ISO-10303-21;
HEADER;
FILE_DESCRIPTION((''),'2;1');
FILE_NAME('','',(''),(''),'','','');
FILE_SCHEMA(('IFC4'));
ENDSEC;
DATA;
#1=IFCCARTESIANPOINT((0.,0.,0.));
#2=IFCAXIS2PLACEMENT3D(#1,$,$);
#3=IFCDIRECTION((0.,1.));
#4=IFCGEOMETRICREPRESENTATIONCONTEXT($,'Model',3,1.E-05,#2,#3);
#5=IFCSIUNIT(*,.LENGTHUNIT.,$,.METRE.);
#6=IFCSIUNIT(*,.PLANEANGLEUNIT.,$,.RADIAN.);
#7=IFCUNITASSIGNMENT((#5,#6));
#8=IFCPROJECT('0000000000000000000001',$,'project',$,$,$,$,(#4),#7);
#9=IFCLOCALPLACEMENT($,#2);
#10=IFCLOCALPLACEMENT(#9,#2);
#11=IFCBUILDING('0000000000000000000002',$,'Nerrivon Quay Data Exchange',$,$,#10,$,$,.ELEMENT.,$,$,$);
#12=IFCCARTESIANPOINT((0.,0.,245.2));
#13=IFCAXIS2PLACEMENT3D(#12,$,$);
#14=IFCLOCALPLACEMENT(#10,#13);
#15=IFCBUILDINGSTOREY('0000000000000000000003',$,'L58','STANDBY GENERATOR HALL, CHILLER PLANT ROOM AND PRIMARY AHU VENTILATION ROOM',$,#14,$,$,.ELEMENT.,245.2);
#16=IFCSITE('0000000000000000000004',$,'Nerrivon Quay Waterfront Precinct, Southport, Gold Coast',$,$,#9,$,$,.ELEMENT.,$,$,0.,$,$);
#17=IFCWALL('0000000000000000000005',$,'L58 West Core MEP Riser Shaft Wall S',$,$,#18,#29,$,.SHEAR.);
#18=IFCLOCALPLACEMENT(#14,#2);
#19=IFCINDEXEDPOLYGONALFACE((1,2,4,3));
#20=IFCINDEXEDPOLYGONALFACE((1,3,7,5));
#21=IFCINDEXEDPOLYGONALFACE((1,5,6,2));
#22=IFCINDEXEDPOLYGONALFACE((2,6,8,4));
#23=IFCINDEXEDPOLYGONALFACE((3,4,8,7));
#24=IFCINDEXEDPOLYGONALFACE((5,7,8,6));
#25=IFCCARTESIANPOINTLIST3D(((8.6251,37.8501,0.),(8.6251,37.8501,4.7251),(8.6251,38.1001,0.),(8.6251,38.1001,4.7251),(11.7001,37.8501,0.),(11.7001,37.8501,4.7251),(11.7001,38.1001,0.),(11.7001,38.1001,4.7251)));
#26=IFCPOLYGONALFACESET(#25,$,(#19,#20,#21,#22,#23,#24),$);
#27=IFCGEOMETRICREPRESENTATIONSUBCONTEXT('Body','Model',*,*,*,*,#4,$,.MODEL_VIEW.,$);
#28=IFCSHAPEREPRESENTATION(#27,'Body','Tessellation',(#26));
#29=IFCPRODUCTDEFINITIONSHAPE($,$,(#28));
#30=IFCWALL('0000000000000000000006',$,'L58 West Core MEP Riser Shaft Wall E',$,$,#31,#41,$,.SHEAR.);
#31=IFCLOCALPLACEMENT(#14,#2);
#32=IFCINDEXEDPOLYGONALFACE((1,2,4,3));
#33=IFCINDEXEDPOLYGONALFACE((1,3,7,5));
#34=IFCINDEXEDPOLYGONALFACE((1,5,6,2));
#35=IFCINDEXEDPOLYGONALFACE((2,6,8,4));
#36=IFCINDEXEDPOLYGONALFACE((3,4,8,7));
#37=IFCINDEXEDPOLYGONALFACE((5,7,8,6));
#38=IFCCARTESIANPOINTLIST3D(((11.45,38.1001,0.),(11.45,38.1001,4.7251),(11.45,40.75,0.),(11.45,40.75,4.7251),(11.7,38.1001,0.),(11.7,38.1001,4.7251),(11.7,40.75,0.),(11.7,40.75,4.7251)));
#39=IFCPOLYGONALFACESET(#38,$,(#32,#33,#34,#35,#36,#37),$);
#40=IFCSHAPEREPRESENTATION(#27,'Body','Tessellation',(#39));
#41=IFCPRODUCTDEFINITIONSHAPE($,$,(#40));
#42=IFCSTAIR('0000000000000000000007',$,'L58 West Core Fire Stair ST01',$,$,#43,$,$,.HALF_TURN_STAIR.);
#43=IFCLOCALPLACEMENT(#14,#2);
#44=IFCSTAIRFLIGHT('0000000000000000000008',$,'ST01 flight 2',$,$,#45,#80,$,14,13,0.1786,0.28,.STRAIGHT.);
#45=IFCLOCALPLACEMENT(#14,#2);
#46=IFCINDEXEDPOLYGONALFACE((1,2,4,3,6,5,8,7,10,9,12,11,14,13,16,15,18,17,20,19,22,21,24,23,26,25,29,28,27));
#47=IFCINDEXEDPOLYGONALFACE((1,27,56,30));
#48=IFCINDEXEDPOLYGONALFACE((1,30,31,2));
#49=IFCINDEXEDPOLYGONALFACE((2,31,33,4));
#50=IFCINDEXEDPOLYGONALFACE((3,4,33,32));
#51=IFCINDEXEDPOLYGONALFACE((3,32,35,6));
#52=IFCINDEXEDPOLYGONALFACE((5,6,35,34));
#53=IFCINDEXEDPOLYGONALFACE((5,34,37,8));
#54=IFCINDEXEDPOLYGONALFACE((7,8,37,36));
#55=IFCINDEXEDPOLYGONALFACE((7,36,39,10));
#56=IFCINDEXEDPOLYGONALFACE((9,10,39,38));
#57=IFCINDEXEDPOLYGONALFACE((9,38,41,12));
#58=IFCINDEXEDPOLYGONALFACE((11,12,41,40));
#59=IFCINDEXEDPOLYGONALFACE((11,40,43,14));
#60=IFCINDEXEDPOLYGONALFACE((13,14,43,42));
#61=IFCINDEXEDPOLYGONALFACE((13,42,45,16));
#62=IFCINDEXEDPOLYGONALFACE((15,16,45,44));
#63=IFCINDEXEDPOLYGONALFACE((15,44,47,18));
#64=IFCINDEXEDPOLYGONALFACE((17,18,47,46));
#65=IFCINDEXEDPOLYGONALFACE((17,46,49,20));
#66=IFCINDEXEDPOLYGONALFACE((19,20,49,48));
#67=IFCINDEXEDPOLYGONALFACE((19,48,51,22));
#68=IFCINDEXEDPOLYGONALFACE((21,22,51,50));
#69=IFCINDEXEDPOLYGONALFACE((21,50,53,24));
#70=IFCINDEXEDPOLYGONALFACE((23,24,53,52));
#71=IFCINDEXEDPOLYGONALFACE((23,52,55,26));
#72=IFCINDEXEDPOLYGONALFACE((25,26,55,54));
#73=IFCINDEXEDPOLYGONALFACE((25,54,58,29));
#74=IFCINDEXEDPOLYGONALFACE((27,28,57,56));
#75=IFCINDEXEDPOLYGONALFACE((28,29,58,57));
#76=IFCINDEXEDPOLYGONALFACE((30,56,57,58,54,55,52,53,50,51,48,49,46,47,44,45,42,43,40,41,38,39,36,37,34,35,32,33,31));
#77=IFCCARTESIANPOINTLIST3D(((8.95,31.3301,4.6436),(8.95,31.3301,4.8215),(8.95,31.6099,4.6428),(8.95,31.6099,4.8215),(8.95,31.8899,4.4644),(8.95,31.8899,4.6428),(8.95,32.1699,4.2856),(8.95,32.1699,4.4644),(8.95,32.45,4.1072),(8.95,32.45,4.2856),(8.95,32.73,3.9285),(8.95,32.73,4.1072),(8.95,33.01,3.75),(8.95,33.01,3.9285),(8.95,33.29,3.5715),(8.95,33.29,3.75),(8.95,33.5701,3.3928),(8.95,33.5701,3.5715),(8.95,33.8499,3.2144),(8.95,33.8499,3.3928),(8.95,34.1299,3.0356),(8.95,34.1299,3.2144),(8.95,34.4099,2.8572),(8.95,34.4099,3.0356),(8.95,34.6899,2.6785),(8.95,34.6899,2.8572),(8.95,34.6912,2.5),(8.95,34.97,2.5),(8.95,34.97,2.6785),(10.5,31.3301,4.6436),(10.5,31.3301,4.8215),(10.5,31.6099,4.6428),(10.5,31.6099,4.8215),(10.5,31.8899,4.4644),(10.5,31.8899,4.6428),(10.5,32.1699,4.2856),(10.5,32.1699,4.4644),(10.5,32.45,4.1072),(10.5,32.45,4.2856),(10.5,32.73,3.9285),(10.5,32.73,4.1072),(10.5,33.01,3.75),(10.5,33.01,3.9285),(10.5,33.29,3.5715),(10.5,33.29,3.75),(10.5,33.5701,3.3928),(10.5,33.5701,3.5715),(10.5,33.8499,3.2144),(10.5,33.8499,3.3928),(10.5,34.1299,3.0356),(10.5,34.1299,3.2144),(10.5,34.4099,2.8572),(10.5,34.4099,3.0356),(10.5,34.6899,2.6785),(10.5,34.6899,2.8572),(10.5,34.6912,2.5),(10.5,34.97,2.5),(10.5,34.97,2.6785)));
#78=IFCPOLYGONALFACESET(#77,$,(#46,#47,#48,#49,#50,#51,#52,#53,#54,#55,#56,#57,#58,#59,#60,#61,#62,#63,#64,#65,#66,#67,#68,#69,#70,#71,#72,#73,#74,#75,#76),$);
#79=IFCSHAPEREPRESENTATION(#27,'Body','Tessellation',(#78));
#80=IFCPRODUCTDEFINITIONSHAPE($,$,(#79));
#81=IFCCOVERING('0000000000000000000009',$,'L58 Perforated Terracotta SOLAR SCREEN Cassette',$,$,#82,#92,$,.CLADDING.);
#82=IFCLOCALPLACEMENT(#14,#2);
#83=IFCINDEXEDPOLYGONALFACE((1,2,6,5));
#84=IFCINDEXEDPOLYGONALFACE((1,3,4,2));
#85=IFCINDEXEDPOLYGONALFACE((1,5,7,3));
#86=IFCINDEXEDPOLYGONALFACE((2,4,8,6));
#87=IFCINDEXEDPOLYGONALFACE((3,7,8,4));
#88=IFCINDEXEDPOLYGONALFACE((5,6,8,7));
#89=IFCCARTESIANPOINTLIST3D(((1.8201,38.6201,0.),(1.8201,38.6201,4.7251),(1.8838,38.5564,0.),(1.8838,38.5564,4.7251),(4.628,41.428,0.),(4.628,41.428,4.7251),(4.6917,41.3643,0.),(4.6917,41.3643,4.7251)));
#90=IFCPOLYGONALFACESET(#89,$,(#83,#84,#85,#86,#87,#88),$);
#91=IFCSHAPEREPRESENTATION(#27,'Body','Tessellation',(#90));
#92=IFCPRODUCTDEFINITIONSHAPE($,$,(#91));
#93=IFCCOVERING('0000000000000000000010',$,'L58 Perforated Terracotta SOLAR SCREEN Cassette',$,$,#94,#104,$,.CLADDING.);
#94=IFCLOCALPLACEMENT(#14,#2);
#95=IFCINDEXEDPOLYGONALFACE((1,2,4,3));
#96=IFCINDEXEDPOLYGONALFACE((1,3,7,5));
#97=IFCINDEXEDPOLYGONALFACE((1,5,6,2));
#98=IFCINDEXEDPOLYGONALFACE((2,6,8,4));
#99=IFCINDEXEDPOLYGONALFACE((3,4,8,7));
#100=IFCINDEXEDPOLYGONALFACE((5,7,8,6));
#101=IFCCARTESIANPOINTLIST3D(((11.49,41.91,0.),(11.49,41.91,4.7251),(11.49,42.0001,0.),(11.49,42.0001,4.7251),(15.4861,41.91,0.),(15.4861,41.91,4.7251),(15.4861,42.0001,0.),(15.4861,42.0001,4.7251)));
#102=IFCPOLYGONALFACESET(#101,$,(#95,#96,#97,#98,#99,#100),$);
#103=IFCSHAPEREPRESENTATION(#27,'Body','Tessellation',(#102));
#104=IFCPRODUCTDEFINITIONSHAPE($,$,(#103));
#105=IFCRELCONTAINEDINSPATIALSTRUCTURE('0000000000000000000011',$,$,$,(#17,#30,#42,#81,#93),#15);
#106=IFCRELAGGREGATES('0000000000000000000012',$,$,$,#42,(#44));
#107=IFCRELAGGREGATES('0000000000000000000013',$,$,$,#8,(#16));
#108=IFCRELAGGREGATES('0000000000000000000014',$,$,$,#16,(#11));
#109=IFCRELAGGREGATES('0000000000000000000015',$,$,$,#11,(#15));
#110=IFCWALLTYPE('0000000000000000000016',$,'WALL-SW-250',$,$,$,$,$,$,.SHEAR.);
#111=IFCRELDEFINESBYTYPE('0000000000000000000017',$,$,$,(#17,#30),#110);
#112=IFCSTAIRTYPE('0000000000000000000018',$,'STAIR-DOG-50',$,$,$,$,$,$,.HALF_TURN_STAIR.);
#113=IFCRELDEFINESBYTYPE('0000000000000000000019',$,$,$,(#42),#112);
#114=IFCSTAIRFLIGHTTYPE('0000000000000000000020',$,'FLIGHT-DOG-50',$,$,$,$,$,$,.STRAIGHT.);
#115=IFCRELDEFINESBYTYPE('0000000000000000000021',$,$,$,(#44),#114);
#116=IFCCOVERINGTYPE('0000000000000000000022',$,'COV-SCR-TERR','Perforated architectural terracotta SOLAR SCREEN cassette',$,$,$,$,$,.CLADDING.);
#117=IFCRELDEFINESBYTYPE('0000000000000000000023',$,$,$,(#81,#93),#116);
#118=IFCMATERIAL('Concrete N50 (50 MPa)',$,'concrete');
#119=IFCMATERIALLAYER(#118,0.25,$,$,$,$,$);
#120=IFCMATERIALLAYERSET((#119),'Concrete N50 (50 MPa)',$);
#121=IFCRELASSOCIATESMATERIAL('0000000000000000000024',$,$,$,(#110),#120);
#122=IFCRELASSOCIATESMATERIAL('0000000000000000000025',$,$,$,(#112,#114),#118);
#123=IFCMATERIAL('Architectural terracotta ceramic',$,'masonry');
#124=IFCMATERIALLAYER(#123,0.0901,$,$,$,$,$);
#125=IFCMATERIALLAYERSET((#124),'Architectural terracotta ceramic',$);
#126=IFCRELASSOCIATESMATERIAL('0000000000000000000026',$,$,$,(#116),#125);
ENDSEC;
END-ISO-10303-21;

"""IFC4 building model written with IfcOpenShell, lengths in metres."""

from ifc_helpers import new_model, si_unit, direction, frame, frame_2d, origin, origin_2d, place, context, subcontext, project, spatial, polyline, rectangle, outline, extrude, material, layer, layer_set, type_object, element, aggregate, save


model = new_model("IFC4")

# Units and contexts
model_context = context("Model", 3, precision=1e-05, world=origin(), true_north=direction((0.0, 1.0)))
body_context = subcontext(model_context, "Body", "Model", "MODEL_VIEW")
ifc_project = project(units=[si_unit("LENGTHUNIT", "METRE"), si_unit("PLANEANGLEUNIT", "RADIAN")], contexts=[model_context])

# Site, building, storey
site_placement = place(None, origin())
site = spatial("IfcSite", under=ifc_project, at=site_placement, Name="Nerrivon Quay Waterfront Precinct, Southport, Gold Coast", CompositionType="ELEMENT", RefElevation=0.0)
building_placement = place(site_placement, origin())
building = spatial("IfcBuilding", under=site, at=building_placement, Name="Nerrivon Quay Data Exchange", CompositionType="ELEMENT")
storey_placement = place(building_placement, frame((0.0, 0.0, 245.2)))
storey = spatial("IfcBuildingStorey", under=building, at=storey_placement, Name="L58", Description="STANDBY GENERATOR HALL, CHILLER PLANT ROOM AND PRIMARY AHU VENTILATION ROOM", CompositionType="ELEMENT", Elevation=245.2)

# Shared definitions
ifc_material_1 = material(Name="Concrete N50 (50 MPa)", Category="concrete")

# Walls
ifc_layer_1 = layer(ifc_material_1, 0.25)
ifc_layer_set_1 = layer_set([ifc_layer_1], Name="Concrete N50 (50 MPa)")
wall_type_1 = type_object("IfcWallType", Name="WALL-SW-250", PredefinedType="SHEAR", material=ifc_layer_set_1)
wall_1_placement = place(storey_placement, frame((8.625, 37.9751, 0.0), z_axis=(0.0, 0.0, 1.0), x_axis=(1.0, 0.0, 0.0)))
element("IfcWall", 1, at=wall_1_placement, inside=storey, type_object=wall_type_1, Name="L58 West Core MEP Riser Shaft Wall S", PredefinedType="SHEAR", context=body_context, shape_type="SweptSolid", body=[
    extrude(rectangle(XDim=3.075, YDim=0.25, at=frame_2d((1.5376, 0.0))), origin(), (0.0, 0.0, 1.0), 4.7251),
])
wall_2_placement = place(storey_placement, frame((11.575, 38.1001, 0.0), z_axis=(0.0, 0.0, 1.0), x_axis=(0.0, 1.0, 0.0)))
element("IfcWall", 2, at=wall_2_placement, inside=storey, type_object=wall_type_1, Name="L58 West Core MEP Riser Shaft Wall E", PredefinedType="SHEAR", context=body_context, shape_type="SweptSolid", body=[
    extrude(rectangle(XDim=2.6499, YDim=0.25, at=frame_2d((1.325, 0.0))), origin(), (0.0, 0.0, 1.0), 4.7251),
])

# Stair, stair flight
stair_type = type_object("IfcStairType", Name="STAIR-DOG-50", PredefinedType="HALF_TURN_STAIR", material=ifc_material_1)
stair_placement = place(storey_placement, origin())
stair = element("IfcStair", 3, at=stair_placement, inside=storey, type_object=stair_type, Name="L58 West Core Fire Stair ST01", PredefinedType="HALF_TURN_STAIR")
stair_flight_type = type_object("IfcStairFlightType", Name="FLIGHT-DOG-50", PredefinedType="STRAIGHT", material=ifc_material_1)
stair_flight_placement = place(storey_placement, frame((9.7251, 34.97, 2.5), z_axis=(0.0, 0.0, 1.0), x_axis=(0.0, -1.0, 0.0)))
stair_flight = element("IfcStairFlight", 4, at=stair_flight_placement, type_object=stair_flight_type, Name="ST01 flight 2", NumberOfRisers=14, NumberOfTreads=13, PredefinedType="STRAIGHT", RiserHeight=0.1786, TreadLength=0.28, context=body_context, shape_type="SweptSolid", body=[
    extrude(outline(polyline([(0.0, 0.0), (0.0, 0.1785), (0.28, 0.1785), (0.28, 0.3572), (0.5601, 0.3572), (0.5601, 0.5356), (0.8401, 0.5356), (0.8401, 0.7144), (1.1201, 0.7144), (1.1201, 0.8928), (1.3999, 0.8928), (1.3999, 1.0715), (1.6799, 1.0715), (1.6799, 1.25), (1.96, 1.25), (1.96, 1.4285), (2.24, 1.4285), (2.24, 1.6072), (2.52, 1.6072), (2.52, 1.7856), (2.8, 1.7856), (2.8, 1.9644), (3.0801, 1.9644), (3.0801, 2.1428), (3.3601, 2.1428), (3.3601, 2.3215), (3.6399, 2.3215), (3.6399, 2.5), (3.6399, 2.1436), (0.2788, 0.0), (0.0, 0.0)])), frame((0.0, 0.7749, 0.0), z_axis=(0.0, -1.0, 0.0), x_axis=(1.0, 0.0, 0.0)), (0.0, 0.0, 1.0), 1.55),
])
aggregate(stair, [stair_flight])

# Coverings
ifc_material_2 = material(Name="Architectural terracotta ceramic", Category="masonry")
ifc_layer_2 = layer(ifc_material_2, 0.0901)
ifc_layer_set_2 = layer_set([ifc_layer_2], Name="Architectural terracotta ceramic")
covering_type = type_object("IfcCoveringType", Name="COV-SCR-TERR", Description="Perforated architectural terracotta SOLAR SCREEN cassette", PredefinedType="CLADDING", material=ifc_layer_set_2)
covering_1_placement = place(storey_placement, frame((3.2559, 39.9922, 0.0), z_axis=(0.0, 0.0, 1.0), x_axis=(0.707107, 0.707107, 0.0)))
element("IfcCovering", 5, at=covering_1_placement, inside=storey, type_object=covering_type, Name="L58 Perforated Terracotta SOLAR SCREEN Cassette", PredefinedType="CLADDING", context=body_context, shape_type="SweptSolid", body=[
    extrude(rectangle(XDim=3.9709, YDim=0.0901, at=origin_2d()), origin(), (0.0, 0.0, 1.0), 4.7251),
])
covering_2_placement = place(storey_placement, frame((13.488, 41.9551, 0.0), z_axis=(0.0, 0.0, 1.0), x_axis=(1.0, 0.0, 0.0)))
element("IfcCovering", 6, at=covering_2_placement, inside=storey, type_object=covering_type, Name="L58 Perforated Terracotta SOLAR SCREEN Cassette", PredefinedType="CLADDING", context=body_context, shape_type="SweptSolid", body=[
    extrude(rectangle(XDim=3.9961, YDim=0.0901, at=origin_2d()), origin(), (0.0, 0.0, 1.0), 4.7251),
])

save(model, "model.ifc")
